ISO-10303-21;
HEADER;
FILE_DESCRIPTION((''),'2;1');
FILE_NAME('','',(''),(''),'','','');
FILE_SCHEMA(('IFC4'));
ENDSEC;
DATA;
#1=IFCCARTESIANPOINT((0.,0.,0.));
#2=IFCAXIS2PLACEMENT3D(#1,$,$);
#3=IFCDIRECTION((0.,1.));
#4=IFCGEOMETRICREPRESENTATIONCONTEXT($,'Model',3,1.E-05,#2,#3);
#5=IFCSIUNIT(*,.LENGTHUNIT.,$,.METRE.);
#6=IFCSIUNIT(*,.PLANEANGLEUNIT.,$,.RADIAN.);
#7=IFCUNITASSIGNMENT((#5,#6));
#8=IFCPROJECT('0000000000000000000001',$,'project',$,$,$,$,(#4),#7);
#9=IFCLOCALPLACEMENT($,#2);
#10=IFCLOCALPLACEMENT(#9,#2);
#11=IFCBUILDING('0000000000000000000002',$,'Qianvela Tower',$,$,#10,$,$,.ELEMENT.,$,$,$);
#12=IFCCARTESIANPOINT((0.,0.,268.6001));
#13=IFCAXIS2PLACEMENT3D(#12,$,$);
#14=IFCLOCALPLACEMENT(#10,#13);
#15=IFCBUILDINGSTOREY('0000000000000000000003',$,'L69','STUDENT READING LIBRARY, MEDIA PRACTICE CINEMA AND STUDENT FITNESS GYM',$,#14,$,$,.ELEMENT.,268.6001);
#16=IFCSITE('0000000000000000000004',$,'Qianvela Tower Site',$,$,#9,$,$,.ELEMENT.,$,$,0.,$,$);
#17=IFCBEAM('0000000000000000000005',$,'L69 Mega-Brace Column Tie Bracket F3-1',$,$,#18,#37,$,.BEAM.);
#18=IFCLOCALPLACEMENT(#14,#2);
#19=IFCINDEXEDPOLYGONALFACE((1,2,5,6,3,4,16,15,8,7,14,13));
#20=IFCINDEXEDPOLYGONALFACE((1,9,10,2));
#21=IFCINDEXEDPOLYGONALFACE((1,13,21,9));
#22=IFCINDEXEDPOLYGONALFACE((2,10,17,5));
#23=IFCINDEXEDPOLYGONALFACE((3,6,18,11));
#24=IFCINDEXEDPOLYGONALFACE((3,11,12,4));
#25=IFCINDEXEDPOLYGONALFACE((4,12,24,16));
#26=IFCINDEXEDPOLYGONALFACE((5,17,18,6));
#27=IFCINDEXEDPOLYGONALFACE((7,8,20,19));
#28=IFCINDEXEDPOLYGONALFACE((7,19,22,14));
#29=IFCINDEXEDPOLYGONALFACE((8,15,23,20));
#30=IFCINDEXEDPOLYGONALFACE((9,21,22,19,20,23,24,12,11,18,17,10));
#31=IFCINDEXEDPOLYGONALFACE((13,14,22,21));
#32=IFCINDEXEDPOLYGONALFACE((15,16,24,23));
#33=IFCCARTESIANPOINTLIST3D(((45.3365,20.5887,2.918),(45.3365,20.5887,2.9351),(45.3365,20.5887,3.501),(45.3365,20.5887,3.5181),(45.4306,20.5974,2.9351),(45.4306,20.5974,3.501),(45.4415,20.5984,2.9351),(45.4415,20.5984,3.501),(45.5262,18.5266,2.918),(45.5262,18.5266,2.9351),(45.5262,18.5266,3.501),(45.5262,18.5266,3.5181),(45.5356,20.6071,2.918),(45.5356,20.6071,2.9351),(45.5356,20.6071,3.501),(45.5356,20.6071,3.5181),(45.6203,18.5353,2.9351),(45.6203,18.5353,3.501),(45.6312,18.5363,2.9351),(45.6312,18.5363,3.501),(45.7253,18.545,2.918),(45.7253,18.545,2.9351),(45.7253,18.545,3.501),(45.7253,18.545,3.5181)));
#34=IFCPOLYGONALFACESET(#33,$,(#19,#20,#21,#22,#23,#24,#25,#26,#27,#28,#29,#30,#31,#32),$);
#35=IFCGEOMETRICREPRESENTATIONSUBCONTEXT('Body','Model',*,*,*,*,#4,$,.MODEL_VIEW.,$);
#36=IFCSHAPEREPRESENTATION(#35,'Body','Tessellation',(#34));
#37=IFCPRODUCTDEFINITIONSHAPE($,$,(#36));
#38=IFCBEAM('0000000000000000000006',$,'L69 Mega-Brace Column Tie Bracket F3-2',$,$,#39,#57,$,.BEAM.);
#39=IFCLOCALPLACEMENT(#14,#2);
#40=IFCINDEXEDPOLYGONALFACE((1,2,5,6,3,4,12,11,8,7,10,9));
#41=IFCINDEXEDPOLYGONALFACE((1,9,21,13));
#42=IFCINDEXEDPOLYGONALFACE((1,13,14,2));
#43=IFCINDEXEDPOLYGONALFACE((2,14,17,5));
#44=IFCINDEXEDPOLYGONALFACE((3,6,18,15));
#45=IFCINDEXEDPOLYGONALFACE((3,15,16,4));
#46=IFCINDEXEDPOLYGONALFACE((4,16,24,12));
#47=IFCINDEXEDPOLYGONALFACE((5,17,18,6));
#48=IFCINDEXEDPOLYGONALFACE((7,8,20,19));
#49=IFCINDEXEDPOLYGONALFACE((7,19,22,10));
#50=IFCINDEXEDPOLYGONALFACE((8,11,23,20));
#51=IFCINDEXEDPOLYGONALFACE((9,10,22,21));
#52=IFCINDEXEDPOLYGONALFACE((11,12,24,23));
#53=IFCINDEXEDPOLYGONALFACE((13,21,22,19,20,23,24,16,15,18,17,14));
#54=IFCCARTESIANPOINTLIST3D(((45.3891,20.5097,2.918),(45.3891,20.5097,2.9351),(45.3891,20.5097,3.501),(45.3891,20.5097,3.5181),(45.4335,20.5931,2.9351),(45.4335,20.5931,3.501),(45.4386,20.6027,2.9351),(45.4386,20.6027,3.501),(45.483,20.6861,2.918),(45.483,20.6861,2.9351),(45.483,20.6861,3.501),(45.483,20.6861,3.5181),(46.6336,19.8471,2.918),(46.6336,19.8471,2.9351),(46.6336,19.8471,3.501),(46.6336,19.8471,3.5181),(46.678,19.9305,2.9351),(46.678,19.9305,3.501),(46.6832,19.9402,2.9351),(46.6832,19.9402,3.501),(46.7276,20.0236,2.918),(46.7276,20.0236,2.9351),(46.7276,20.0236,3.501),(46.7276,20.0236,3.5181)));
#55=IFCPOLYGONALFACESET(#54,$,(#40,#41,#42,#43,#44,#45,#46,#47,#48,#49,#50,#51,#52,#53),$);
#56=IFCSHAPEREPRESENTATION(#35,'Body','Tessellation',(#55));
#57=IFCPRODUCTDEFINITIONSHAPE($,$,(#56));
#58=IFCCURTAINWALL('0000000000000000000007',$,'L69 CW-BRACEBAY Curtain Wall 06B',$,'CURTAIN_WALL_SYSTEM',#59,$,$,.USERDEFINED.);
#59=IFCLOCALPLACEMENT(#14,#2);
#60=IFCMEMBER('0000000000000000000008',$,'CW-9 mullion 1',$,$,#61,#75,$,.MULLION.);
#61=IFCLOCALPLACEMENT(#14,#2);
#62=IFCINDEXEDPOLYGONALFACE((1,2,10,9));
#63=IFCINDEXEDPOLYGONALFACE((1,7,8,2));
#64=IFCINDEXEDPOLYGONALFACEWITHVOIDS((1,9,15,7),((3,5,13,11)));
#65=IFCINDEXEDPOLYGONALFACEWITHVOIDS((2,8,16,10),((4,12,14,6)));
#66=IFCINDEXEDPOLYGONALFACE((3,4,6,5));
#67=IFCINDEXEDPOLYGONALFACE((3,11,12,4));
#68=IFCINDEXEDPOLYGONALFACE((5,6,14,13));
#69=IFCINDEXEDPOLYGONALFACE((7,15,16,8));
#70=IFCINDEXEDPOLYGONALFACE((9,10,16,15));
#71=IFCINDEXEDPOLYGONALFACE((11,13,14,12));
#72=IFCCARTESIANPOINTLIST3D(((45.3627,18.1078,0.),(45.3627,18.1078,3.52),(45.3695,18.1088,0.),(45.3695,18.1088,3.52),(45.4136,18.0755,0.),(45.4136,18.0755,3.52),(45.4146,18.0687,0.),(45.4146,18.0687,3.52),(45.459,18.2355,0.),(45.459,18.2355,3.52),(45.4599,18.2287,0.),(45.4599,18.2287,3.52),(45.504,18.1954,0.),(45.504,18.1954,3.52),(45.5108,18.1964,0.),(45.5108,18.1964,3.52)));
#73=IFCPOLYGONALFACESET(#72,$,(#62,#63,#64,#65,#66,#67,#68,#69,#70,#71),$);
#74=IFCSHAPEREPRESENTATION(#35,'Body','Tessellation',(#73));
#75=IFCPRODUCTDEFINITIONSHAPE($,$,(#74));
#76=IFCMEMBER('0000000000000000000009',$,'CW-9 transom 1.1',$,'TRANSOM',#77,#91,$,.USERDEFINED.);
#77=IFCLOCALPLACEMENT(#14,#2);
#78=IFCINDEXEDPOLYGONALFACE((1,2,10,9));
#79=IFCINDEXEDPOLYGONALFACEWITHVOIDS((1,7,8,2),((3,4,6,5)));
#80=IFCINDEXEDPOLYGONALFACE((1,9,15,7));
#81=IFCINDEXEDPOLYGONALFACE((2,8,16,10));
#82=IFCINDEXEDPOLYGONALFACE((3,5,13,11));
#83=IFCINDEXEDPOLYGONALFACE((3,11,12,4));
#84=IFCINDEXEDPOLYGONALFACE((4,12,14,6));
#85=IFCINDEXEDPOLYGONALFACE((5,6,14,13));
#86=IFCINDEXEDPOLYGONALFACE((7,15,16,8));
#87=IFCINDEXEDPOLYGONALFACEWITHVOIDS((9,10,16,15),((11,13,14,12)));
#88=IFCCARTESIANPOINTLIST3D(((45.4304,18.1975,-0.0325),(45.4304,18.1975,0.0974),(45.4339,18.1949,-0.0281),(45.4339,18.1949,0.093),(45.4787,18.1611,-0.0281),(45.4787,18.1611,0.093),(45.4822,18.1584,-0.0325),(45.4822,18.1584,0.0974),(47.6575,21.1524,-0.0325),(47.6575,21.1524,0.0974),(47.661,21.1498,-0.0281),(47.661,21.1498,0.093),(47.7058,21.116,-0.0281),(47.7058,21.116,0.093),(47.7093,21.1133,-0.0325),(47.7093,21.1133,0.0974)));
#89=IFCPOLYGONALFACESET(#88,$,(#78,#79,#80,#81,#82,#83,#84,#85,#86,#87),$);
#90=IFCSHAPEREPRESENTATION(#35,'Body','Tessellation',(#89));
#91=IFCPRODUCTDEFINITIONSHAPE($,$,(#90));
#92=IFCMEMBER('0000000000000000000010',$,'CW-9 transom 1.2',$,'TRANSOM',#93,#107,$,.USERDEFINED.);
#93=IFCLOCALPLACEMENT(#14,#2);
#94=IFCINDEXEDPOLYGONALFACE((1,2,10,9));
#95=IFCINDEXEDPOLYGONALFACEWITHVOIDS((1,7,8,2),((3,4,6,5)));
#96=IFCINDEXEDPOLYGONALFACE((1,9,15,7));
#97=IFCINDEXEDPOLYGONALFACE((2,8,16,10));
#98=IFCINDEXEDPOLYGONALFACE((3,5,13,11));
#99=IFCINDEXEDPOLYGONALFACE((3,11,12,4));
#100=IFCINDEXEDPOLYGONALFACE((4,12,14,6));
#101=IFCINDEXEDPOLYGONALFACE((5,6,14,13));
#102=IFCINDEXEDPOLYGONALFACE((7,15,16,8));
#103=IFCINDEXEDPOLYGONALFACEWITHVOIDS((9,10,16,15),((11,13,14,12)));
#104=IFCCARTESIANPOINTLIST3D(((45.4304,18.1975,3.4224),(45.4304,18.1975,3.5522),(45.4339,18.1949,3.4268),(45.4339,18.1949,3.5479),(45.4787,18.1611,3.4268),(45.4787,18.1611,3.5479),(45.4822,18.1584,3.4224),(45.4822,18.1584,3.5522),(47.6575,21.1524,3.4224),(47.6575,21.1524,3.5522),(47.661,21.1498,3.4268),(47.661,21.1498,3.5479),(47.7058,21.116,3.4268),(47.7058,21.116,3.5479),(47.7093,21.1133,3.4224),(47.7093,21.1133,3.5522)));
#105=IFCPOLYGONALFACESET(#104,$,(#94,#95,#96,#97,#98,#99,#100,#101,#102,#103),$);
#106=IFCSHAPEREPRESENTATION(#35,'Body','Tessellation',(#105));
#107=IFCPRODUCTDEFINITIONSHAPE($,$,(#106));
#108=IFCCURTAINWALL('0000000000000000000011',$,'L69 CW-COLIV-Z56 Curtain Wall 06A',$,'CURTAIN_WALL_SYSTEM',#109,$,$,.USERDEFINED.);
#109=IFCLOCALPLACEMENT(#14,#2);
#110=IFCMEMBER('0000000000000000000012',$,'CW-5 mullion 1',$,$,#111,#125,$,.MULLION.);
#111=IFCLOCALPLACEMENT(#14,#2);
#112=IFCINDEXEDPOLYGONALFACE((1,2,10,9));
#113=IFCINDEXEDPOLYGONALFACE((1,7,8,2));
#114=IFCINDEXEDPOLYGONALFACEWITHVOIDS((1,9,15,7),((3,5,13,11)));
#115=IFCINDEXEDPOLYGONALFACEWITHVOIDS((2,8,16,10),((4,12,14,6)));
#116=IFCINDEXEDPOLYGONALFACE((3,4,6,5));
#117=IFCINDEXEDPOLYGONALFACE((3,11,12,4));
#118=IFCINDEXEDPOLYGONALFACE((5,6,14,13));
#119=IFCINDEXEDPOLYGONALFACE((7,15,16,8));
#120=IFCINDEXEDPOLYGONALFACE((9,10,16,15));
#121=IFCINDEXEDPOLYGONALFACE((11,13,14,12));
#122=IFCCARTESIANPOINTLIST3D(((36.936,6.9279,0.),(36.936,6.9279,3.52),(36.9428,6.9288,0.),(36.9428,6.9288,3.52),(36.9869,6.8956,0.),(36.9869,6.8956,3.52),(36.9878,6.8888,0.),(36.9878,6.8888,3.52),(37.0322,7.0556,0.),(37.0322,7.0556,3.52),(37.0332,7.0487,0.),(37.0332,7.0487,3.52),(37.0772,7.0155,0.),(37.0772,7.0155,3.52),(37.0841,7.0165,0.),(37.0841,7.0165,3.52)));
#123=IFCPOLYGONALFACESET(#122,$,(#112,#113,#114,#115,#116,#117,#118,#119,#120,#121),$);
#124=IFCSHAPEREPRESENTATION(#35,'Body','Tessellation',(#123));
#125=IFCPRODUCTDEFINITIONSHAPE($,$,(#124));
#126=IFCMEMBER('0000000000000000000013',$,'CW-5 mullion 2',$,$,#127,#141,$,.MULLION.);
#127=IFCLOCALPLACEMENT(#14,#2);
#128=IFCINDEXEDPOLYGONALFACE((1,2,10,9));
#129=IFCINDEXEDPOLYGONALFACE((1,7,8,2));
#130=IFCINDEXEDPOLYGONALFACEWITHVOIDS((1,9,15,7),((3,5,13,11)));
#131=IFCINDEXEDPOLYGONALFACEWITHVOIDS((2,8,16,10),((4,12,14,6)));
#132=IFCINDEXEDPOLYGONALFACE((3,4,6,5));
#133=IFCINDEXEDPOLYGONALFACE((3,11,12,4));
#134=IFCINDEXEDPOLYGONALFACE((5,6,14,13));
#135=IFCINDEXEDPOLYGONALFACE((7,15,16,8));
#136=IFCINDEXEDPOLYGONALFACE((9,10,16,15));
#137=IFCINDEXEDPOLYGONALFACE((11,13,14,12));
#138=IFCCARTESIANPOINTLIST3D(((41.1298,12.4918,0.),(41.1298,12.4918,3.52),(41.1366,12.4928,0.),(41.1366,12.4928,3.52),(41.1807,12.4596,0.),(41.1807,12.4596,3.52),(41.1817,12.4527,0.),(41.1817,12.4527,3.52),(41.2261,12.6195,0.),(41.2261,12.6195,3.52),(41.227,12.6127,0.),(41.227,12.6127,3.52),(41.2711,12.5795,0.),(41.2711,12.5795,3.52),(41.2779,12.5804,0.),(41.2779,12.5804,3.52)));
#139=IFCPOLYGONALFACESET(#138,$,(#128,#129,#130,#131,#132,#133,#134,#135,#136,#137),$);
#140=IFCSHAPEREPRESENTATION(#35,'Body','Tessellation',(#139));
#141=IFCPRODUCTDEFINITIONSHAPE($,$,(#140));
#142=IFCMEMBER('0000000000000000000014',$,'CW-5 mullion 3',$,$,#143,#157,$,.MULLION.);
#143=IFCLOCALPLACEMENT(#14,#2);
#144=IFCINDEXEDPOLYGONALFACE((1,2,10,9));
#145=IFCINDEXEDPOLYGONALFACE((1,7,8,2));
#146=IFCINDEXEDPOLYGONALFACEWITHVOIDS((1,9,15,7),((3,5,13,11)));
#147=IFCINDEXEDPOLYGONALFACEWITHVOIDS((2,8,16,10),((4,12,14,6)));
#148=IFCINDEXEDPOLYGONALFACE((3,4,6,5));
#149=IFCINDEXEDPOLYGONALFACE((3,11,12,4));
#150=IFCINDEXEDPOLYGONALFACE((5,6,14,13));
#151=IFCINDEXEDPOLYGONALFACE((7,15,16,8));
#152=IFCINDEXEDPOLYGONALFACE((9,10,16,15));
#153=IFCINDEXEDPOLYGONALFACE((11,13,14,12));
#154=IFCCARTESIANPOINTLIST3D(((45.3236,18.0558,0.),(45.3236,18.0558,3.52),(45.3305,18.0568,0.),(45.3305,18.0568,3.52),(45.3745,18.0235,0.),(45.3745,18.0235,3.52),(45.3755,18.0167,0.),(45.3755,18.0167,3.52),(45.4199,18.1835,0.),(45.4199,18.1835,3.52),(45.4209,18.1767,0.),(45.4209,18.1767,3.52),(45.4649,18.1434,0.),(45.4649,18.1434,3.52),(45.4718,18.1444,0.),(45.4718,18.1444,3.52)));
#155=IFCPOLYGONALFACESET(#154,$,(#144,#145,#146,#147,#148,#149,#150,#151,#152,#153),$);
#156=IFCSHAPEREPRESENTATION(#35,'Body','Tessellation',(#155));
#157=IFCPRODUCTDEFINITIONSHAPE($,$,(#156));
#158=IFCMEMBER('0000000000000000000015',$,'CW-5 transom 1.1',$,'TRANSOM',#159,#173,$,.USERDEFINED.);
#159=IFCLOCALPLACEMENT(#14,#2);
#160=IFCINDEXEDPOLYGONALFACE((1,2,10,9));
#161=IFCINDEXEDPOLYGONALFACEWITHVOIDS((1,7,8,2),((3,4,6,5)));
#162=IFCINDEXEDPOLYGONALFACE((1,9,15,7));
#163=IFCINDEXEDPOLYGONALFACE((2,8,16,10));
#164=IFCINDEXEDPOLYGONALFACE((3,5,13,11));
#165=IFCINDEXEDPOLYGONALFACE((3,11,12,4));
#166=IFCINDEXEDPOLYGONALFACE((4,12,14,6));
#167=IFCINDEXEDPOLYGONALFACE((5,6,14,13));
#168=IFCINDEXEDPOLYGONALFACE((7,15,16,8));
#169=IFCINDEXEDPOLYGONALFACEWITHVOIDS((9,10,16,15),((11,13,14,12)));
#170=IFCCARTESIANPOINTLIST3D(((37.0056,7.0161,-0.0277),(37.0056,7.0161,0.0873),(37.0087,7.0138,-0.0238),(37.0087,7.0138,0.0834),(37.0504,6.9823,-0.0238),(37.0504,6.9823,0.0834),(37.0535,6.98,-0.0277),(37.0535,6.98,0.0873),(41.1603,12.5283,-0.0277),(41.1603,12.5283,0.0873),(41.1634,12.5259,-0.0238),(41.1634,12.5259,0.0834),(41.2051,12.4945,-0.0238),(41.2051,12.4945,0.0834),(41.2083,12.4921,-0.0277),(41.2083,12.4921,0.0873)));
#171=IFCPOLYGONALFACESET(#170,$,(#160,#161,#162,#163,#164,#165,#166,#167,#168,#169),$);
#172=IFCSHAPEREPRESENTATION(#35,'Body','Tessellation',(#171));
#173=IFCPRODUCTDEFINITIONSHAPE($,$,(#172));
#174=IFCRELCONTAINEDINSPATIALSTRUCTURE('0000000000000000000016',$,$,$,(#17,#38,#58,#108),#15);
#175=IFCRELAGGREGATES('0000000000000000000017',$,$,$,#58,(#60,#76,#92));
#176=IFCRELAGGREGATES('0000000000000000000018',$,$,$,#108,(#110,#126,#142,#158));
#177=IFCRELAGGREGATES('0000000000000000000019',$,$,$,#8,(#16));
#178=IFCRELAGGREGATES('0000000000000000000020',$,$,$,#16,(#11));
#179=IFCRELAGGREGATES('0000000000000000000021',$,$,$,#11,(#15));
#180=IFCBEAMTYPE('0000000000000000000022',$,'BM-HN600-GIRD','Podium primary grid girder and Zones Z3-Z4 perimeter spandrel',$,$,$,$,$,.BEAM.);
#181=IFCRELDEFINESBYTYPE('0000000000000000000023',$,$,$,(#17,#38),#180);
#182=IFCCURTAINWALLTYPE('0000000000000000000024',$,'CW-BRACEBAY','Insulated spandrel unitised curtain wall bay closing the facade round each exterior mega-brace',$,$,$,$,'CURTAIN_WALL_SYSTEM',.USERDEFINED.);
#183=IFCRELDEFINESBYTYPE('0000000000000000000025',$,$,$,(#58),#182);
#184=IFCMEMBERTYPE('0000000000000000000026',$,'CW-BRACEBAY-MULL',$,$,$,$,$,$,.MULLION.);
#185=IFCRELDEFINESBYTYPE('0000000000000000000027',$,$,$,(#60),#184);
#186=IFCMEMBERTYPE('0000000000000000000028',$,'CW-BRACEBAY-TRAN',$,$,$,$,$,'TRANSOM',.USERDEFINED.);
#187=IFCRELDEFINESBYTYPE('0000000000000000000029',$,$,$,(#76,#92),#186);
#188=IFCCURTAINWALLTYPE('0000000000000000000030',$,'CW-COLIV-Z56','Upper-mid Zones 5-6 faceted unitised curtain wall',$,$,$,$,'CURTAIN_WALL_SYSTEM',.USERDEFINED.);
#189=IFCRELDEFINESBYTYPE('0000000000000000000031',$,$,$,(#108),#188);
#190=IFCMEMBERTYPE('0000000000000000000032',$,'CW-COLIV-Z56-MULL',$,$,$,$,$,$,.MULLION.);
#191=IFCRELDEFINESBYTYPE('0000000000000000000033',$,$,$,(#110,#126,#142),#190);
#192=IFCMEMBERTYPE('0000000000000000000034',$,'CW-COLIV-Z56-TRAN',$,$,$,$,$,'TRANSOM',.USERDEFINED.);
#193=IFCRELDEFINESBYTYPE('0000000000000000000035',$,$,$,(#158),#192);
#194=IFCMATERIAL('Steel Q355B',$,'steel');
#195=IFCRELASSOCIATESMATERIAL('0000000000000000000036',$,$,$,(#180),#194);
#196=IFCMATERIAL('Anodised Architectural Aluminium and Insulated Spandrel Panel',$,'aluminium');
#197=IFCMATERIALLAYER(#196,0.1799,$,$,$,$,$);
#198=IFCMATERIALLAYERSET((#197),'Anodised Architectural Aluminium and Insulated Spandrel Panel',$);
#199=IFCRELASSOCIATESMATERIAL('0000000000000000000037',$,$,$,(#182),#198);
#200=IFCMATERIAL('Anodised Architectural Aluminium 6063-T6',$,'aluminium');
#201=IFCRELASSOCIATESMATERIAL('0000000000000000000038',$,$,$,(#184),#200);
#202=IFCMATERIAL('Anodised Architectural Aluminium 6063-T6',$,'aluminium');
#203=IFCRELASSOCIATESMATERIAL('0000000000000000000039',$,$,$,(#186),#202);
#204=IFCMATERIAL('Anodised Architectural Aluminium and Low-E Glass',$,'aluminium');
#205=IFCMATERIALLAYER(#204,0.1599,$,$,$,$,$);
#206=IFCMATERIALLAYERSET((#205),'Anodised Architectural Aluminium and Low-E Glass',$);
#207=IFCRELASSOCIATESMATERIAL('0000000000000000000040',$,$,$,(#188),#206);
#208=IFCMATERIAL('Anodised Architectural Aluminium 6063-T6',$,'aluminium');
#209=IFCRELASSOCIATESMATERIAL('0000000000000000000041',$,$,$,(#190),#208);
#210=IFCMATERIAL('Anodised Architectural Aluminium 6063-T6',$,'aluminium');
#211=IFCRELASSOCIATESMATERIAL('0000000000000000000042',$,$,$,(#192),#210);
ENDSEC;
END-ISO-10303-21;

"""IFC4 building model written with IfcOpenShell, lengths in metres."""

from ifc_helpers import new_model, si_unit, direction, frame, origin, origin_2d, place, context, subcontext, project, spatial, hollow_rectangle, i_section, extrude, material, layer, layer_set, material_profile, profile_set, type_object, element, aggregate, save


model = new_model("IFC4")

# Units and contexts
model_context = context("Model", 3, precision=1e-05, world=origin(), true_north=direction((0.0, 1.0)))
body_context = subcontext(model_context, "Body", "Model", "MODEL_VIEW")
ifc_project = project(units=[si_unit("LENGTHUNIT", "METRE"), si_unit("PLANEANGLEUNIT", "RADIAN")], contexts=[model_context])

# Site, building, storey
site_placement = place(None, origin())
site = spatial("IfcSite", under=ifc_project, at=site_placement, Name="Qianvela Tower Site", CompositionType="ELEMENT", RefElevation=0.0)
building_placement = place(site_placement, origin())
building = spatial("IfcBuilding", under=site, at=building_placement, Name="Qianvela Tower", CompositionType="ELEMENT")
storey_placement = place(building_placement, frame((0.0, 0.0, 268.6001)))
storey = spatial("IfcBuildingStorey", under=building, at=storey_placement, Name="L69", Description="STUDENT READING LIBRARY, MEDIA PRACTICE CINEMA AND STUDENT FITNESS GYM", CompositionType="ELEMENT", Elevation=268.6001)

# Beams
ifc_material_1 = material(Name="Steel Q355B", Category="steel")
ifc_material_profile_1 = material_profile(ifc_material_1, i_section(OverallWidth=0.2, OverallDepth=0.6001, WebThickness=0.011, FlangeThickness=0.0171, at=origin_2d()), Name="HN600x200x11x17")
ifc_profile_set_1 = profile_set([ifc_material_profile_1], Name="Steel Q355B")
beam_type_1 = type_object("IfcBeamType", Name="BM-HN600-GIRD", Description="Podium primary grid girder and Zones Z3-Z4 perimeter spandrel", PredefinedType="BEAM", material=ifc_profile_set_1)
beam_1_placement = place(storey_placement, frame((45.436, 20.5979, 3.218), z_axis=(0.091609, -0.995795, 0.0), x_axis=(0.995795, 0.091609, 0.0)))
element("IfcBeam", 1, at=beam_1_placement, inside=storey, type_object=beam_type_1, Name="L69 Mega-Brace Column Tie Bracket F3-1", PredefinedType="BEAM", context=body_context, shape_type="SweptSolid", body=[
    extrude(i_section(OverallWidth=0.2, OverallDepth=0.6001, WebThickness=0.011, FlangeThickness=0.0171, at=origin_2d()), origin(), (0.0, 0.0, 1.0), 2.0708),
])
beam_2_placement = place(storey_placement, frame((45.436, 20.5979, 3.218), z_axis=(0.882707, -0.469923, 0.0), x_axis=(0.469923, 0.882707, 0.0)))
element("IfcBeam", 2, at=beam_2_placement, inside=storey, type_object=beam_type_1, Name="L69 Mega-Brace Column Tie Bracket F3-2", PredefinedType="BEAM", context=body_context, shape_type="SweptSolid", body=[
    extrude(i_section(OverallWidth=0.2, OverallDepth=0.6001, WebThickness=0.011, FlangeThickness=0.0171, at=origin_2d()), origin(), (0.0, 0.0, 1.0), 1.4099),
])

# Curtain walls, members
ifc_material_2 = material(Name="Anodised Architectural Aluminium and Insulated Spandrel Panel", Category="aluminium")
ifc_layer_1 = layer(ifc_material_2, 0.1799)
ifc_layer_set_1 = layer_set([ifc_layer_1], Name="Anodised Architectural Aluminium and Insulated Spandrel Panel")
curtain_wall_type_1 = type_object("IfcCurtainWallType", Name="CW-BRACEBAY", Description="Insulated spandrel unitised curtain wall bay closing the facade round each exterior mega-brace", ElementType="CURTAIN_WALL_SYSTEM", PredefinedType="USERDEFINED", material=ifc_layer_set_1)
curtain_wall_1_placement = place(storey_placement, origin())
curtain_wall_1 = element("IfcCurtainWall", 3, at=curtain_wall_1_placement, inside=storey, type_object=curtain_wall_type_1, Name="L69 CW-BRACEBAY Curtain Wall 06B", ObjectType="CURTAIN_WALL_SYSTEM", PredefinedType="USERDEFINED")
ifc_material_3 = material(Name="Anodised Architectural Aluminium 6063-T6", Category="aluminium")
ifc_material_profile_2 = material_profile(ifc_material_3, hollow_rectangle(XDim=0.0649, YDim=0.1599, WallThickness=0.0049, at=origin_2d()), Name="ALU-MULL-65x160")
ifc_profile_set_2 = profile_set([ifc_material_profile_2], Name="Anodised Architectural Aluminium 6063-T6")
member_type_1 = type_object("IfcMemberType", Name="CW-BRACEBAY-MULL", PredefinedType="MULLION", material=ifc_profile_set_2)
member_1_placement = place(storey_placement, frame((45.4368, 18.1521, 0.0), z_axis=(0.0, 0.0, 1.0), x_axis=(-0.798566, 0.601907, 0.0)))
member_1 = element("IfcMember", 4, at=member_1_placement, type_object=member_type_1, Name="CW-9 mullion 1", PredefinedType="MULLION", context=body_context, shape_type="SweptSolid", body=[
    extrude(hollow_rectangle(XDim=0.0649, YDim=0.1599, WallThickness=0.0049, at=origin_2d()), origin(), (0.0, 0.0, 1.0), 3.52),
])
ifc_material_4 = material(Name="Anodised Architectural Aluminium 6063-T6", Category="aluminium")
ifc_material_profile_3 = material_profile(ifc_material_4, hollow_rectangle(XDim=0.0649, YDim=0.1299, WallThickness=0.0044, at=origin_2d()), Name="ALU-TRAN-65x130")
ifc_profile_set_3 = profile_set([ifc_material_profile_3], Name="Anodised Architectural Aluminium 6063-T6")
member_type_2 = type_object("IfcMemberType", Name="CW-BRACEBAY-TRAN", ElementType="TRANSOM", PredefinedType="USERDEFINED", material=ifc_profile_set_3)
member_2_placement = place(storey_placement, frame((45.4563, 18.178, 0.0325), z_axis=(0.601888, 0.79858, 0.0), x_axis=(-0.79858, 0.601888, 0.0)))
member_2 = element("IfcMember", 5, at=member_2_placement, type_object=member_type_2, Name="CW-9 transom 1.1", ObjectType="TRANSOM", PredefinedType="USERDEFINED", context=body_context, shape_type="SweptSolid", body=[
    extrude(hollow_rectangle(XDim=0.0649, YDim=0.1299, WallThickness=0.0044, at=origin_2d()), origin(), (0.0, 0.0, 1.0), 3.7002),
])
member_3_placement = place(storey_placement, frame((45.4563, 18.178, 3.4873), z_axis=(0.601888, 0.79858, 0.0), x_axis=(-0.79858, 0.601888, 0.0)))
member_3 = element("IfcMember", 6, at=member_3_placement, type_object=member_type_2, Name="CW-9 transom 1.2", ObjectType="TRANSOM", PredefinedType="USERDEFINED", context=body_context, shape_type="SweptSolid", body=[
    extrude(hollow_rectangle(XDim=0.0649, YDim=0.1299, WallThickness=0.0044, at=origin_2d()), origin(), (0.0, 0.0, 1.0), 3.7002),
])
ifc_material_5 = material(Name="Anodised Architectural Aluminium and Low-E Glass", Category="aluminium")
ifc_layer_2 = layer(ifc_material_5, 0.1599)
ifc_layer_set_2 = layer_set([ifc_layer_2], Name="Anodised Architectural Aluminium and Low-E Glass")
curtain_wall_type_2 = type_object("IfcCurtainWallType", Name="CW-COLIV-Z56", Description="Upper-mid Zones 5-6 faceted unitised curtain wall", ElementType="CURTAIN_WALL_SYSTEM", PredefinedType="USERDEFINED", material=ifc_layer_set_2)
curtain_wall_2_placement = place(storey_placement, origin())
curtain_wall_2 = element("IfcCurtainWall", 7, at=curtain_wall_2_placement, inside=storey, type_object=curtain_wall_type_2, Name="L69 CW-COLIV-Z56 Curtain Wall 06A", ObjectType="CURTAIN_WALL_SYSTEM", PredefinedType="USERDEFINED")
ifc_material_6 = material(Name="Anodised Architectural Aluminium 6063-T6", Category="aluminium")
ifc_material_profile_4 = material_profile(ifc_material_6, hollow_rectangle(XDim=0.0649, YDim=0.1599, WallThickness=0.0049, at=origin_2d()), Name="ALU-MULL-65x160")
ifc_profile_set_4 = profile_set([ifc_material_profile_4], Name="Anodised Architectural Aluminium 6063-T6")
member_type_3 = type_object("IfcMemberType", Name="CW-COLIV-Z56-MULL", PredefinedType="MULLION", material=ifc_profile_set_4)
member_4_placement = place(storey_placement, frame((37.01, 6.9722, 0.0), z_axis=(0.0, 0.0, 1.0), x_axis=(-0.798562, 0.601913, 0.0)))
member_4 = element("IfcMember", 8, at=member_4_placement, type_object=member_type_3, Name="CW-5 mullion 1", PredefinedType="MULLION", context=body_context, shape_type="SweptSolid", body=[
    extrude(hollow_rectangle(XDim=0.0649, YDim=0.1599, WallThickness=0.0049, at=origin_2d()), origin(), (0.0, 0.0, 1.0), 3.52),
])
member_5_placement = place(storey_placement, frame((41.2039, 12.5361, 0.0), z_axis=(0.0, 0.0, 1.0), x_axis=(-0.798562, 0.601913, 0.0)))
member_5 = element("IfcMember", 9, at=member_5_placement, type_object=member_type_3, Name="CW-5 mullion 2", PredefinedType="MULLION", context=body_context, shape_type="SweptSolid", body=[
    extrude(hollow_rectangle(XDim=0.0649, YDim=0.1599, WallThickness=0.0049, at=origin_2d()), origin(), (0.0, 0.0, 1.0), 3.52),
])
member_6_placement = place(storey_placement, frame((45.3977, 18.1001, 0.0), z_axis=(0.0, 0.0, 1.0), x_axis=(-0.798562, 0.601913, 0.0)))
member_6 = element("IfcMember", 10, at=member_6_placement, type_object=member_type_3, Name="CW-5 mullion 3", PredefinedType="MULLION", context=body_context, shape_type="SweptSolid", body=[
    extrude(hollow_rectangle(XDim=0.0649, YDim=0.1599, WallThickness=0.0049, at=origin_2d()), origin(), (0.0, 0.0, 1.0), 3.52),
])
ifc_material_7 = material(Name="Anodised Architectural Aluminium 6063-T6", Category="aluminium")
ifc_material_profile_5 = material_profile(ifc_material_7, hollow_rectangle(XDim=0.0601, YDim=0.115, WallThickness=0.0039, at=origin_2d()), Name="ALU-TRAN-60x115")
ifc_profile_set_5 = profile_set([ifc_material_profile_5], Name="Anodised Architectural Aluminium 6063-T6")
member_type_4 = type_object("IfcMemberType", Name="CW-COLIV-Z56-TRAN", ElementType="TRANSOM", PredefinedType="USERDEFINED", material=ifc_profile_set_5)
member_7_placement = place(storey_placement, frame((37.0295, 6.998, 0.0298), z_axis=(0.601911, 0.798563, 0.0), x_axis=(-0.798563, 0.601911, 0.0)))
member_7 = element("IfcMember", 11, at=member_7_placement, type_object=member_type_4, Name="CW-5 transom 1.1", ObjectType="TRANSOM", PredefinedType="USERDEFINED", context=body_context, shape_type="SweptSolid", body=[
    extrude(hollow_rectangle(XDim=0.0601, YDim=0.115, WallThickness=0.0039, at=origin_2d()), origin(), (0.0, 0.0, 1.0), 6.9026),
])

aggregate(curtain_wall_1, [member_1, member_2, member_3])
aggregate(curtain_wall_2, [member_4, member_5, member_6, member_7])

save(model, "model.ifc")
